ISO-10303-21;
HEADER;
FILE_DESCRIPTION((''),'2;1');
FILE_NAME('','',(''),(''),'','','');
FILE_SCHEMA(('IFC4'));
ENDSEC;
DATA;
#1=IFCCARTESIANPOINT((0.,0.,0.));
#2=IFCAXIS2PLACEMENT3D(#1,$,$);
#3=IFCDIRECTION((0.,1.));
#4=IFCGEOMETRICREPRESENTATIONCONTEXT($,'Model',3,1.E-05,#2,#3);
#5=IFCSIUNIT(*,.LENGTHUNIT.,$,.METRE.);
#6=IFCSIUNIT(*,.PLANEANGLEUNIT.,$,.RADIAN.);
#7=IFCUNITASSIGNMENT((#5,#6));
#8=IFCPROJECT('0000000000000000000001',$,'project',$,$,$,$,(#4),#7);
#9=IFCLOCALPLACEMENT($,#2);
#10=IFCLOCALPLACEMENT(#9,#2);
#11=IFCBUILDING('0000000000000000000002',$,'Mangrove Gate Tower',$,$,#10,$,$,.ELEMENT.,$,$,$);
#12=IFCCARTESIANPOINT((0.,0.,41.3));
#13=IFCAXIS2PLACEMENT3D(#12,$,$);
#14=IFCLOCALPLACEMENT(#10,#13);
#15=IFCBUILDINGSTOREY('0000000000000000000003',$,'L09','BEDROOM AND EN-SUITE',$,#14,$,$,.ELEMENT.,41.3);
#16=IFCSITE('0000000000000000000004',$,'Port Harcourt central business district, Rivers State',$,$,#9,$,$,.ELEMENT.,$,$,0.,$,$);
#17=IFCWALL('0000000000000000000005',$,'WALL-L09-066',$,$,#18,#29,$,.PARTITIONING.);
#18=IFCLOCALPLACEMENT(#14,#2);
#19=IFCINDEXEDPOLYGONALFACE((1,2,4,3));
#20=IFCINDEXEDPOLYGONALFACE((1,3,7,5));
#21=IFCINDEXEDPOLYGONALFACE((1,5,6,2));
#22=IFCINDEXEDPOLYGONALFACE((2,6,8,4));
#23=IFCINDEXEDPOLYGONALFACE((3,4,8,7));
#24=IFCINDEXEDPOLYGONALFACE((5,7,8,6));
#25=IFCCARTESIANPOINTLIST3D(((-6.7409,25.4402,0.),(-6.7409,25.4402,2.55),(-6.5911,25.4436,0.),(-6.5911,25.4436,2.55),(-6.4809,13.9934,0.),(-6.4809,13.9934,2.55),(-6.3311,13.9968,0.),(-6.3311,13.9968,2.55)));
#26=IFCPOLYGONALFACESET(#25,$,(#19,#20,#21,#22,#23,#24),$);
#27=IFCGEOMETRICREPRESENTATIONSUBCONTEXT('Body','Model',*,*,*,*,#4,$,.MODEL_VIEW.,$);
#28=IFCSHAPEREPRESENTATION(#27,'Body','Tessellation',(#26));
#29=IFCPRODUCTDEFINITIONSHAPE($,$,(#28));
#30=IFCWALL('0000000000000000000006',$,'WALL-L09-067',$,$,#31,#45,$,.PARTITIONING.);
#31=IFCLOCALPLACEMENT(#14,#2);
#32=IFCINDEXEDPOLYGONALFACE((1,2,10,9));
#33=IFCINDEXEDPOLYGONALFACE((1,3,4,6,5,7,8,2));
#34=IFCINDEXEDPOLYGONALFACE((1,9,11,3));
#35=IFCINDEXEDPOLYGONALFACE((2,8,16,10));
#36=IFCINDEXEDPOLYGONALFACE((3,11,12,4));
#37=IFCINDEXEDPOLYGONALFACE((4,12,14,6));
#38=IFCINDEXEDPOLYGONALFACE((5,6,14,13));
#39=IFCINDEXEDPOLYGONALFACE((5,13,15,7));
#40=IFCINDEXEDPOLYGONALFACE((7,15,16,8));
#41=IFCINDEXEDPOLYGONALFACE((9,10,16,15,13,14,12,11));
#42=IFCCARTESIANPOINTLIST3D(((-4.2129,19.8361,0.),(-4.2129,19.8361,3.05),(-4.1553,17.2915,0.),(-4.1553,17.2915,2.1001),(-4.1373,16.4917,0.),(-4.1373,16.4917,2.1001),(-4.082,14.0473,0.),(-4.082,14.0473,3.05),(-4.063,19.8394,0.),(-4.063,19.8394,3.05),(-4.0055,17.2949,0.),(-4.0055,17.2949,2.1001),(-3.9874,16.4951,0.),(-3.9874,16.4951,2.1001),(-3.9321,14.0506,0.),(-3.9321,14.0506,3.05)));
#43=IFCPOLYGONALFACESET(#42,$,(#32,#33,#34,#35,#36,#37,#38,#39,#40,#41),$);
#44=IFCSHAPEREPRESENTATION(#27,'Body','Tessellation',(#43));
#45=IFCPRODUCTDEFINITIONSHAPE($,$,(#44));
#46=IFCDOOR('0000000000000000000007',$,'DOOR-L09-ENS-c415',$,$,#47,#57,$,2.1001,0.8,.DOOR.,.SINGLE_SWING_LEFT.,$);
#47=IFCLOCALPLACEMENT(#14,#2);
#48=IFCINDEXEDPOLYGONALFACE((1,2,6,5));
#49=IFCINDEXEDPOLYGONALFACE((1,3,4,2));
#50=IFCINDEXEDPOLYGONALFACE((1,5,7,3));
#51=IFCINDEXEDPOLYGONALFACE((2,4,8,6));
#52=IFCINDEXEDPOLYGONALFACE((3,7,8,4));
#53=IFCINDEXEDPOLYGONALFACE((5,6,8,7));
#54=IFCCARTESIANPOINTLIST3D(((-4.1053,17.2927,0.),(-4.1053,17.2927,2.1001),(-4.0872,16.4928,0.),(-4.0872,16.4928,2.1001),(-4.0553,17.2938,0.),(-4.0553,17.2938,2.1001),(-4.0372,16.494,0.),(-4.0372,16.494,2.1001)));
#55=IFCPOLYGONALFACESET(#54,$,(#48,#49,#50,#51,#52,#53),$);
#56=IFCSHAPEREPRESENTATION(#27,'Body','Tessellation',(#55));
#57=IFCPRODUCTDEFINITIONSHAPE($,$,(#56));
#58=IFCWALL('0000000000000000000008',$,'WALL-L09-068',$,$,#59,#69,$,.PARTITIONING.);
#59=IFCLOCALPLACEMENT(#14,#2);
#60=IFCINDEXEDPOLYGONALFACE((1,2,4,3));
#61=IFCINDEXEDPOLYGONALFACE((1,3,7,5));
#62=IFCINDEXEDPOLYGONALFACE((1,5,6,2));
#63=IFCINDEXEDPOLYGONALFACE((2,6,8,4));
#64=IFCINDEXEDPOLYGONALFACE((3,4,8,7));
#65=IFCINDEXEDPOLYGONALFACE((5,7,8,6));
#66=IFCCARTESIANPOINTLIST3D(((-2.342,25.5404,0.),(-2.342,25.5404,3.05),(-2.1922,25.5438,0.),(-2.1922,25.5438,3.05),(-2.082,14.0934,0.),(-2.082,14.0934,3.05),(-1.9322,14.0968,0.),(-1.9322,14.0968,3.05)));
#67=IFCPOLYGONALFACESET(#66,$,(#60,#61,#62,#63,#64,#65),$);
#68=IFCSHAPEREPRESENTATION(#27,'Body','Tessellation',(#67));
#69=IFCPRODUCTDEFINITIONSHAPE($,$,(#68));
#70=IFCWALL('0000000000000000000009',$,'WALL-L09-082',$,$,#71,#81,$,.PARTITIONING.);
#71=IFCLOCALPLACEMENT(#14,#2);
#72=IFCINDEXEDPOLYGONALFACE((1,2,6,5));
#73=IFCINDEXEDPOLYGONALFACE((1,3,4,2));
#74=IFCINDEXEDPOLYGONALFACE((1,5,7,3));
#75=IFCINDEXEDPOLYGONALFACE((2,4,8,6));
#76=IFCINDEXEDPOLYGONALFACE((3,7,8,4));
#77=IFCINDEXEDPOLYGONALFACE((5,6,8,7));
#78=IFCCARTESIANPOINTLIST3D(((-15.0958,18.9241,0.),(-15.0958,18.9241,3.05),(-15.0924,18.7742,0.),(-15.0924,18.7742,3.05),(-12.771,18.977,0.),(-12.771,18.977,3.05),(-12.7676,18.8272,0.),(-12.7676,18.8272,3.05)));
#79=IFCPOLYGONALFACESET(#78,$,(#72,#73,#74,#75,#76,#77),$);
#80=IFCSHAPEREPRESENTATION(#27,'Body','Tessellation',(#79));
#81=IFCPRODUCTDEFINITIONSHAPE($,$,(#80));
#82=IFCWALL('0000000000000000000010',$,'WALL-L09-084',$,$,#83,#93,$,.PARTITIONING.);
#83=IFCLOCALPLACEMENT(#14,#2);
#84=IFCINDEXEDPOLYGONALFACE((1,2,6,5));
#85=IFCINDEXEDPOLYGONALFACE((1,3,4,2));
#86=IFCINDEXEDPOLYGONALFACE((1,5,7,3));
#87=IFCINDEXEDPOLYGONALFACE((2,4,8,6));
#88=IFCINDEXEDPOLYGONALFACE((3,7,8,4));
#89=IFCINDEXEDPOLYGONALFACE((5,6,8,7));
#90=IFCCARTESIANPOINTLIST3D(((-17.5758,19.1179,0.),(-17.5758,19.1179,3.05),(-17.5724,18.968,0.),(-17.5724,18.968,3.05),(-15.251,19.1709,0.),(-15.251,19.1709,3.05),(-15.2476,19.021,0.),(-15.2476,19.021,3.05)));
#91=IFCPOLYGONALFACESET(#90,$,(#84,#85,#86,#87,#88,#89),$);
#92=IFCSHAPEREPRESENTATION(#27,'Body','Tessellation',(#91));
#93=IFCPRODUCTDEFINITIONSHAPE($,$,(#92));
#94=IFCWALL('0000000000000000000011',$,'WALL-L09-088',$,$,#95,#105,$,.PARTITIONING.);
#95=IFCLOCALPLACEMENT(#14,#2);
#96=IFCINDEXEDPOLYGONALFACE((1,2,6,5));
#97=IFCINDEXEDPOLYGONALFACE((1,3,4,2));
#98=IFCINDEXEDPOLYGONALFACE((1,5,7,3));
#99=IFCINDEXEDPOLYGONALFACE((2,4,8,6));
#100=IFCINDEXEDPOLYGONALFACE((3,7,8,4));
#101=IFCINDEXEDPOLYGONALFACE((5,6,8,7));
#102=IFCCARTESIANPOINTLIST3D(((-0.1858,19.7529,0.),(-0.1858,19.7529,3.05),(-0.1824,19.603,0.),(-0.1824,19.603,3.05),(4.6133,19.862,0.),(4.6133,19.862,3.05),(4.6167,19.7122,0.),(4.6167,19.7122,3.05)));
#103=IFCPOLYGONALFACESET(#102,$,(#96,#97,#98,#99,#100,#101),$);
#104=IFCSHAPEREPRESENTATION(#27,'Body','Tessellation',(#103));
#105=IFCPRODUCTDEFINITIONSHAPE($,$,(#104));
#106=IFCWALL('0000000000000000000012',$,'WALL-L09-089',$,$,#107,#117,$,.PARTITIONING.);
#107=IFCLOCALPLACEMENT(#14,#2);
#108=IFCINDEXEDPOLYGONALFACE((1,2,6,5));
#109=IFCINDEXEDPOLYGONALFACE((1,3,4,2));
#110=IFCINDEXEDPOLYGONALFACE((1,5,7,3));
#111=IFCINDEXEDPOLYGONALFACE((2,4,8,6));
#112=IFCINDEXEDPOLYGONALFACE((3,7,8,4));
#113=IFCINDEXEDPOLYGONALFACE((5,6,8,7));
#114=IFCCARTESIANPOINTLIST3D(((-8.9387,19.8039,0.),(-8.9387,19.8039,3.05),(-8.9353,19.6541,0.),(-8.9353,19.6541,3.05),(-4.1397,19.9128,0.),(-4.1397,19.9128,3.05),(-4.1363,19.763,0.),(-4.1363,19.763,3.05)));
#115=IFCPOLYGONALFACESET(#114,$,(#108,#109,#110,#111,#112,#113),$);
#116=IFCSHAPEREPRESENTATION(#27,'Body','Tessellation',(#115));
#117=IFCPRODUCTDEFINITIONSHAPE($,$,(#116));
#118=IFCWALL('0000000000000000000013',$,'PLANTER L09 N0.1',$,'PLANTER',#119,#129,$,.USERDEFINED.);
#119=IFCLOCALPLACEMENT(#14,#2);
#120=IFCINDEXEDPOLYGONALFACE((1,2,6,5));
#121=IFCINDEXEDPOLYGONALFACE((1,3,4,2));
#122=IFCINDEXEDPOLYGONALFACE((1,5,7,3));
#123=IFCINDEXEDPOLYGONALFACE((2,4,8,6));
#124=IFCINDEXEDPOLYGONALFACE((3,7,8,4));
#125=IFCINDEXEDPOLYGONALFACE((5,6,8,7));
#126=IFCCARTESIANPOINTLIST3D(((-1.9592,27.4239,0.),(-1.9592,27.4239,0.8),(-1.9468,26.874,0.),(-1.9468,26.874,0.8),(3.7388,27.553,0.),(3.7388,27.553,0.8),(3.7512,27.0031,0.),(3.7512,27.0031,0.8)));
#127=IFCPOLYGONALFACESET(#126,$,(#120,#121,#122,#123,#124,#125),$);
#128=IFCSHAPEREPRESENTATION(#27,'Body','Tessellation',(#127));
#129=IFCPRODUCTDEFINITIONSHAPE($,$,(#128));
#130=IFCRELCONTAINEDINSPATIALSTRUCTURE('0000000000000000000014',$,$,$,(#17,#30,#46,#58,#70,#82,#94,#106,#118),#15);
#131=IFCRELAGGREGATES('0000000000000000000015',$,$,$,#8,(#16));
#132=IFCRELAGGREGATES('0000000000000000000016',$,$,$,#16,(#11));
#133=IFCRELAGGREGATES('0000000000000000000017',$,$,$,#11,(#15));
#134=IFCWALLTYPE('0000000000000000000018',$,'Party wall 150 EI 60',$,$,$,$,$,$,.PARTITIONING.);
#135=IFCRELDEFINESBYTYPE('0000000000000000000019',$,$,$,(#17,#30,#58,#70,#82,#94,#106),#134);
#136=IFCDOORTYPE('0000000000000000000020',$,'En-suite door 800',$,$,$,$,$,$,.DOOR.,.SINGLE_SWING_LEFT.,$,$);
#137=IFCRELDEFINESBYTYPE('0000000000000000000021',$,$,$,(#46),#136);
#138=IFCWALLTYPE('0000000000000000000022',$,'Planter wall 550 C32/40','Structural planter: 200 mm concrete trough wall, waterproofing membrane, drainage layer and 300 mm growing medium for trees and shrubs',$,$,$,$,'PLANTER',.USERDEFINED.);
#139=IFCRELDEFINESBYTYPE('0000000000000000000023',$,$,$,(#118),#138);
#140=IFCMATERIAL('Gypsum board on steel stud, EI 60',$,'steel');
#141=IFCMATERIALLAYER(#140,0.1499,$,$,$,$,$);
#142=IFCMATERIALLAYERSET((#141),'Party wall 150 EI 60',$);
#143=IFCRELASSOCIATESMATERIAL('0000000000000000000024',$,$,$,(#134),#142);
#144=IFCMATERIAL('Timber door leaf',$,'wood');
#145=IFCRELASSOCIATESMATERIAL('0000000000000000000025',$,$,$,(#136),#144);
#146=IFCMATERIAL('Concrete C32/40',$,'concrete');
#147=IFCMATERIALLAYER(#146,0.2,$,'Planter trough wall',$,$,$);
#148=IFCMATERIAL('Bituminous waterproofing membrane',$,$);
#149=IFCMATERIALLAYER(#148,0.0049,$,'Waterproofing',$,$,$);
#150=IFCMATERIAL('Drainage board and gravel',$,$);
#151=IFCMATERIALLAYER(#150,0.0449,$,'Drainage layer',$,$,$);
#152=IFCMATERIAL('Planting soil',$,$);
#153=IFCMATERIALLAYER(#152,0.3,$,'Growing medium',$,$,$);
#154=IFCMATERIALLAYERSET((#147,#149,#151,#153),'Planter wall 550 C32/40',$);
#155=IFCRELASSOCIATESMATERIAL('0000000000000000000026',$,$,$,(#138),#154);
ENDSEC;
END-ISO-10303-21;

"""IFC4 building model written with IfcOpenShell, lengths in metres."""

from ifc_helpers import new_model, si_unit, direction, frame, frame_2d, origin, place, context, subcontext, project, spatial, rectangle, extrude, material, layer, layer_set, type_object, element, fill, save


model = new_model("IFC4")

# Units and contexts
model_context = context("Model", 3, precision=1e-05, world=origin(), true_north=direction((0.0, 1.0)))
body_context = subcontext(model_context, "Body", "Model", "MODEL_VIEW")
ifc_project = project(units=[si_unit("LENGTHUNIT", "METRE"), si_unit("PLANEANGLEUNIT", "RADIAN")], contexts=[model_context])

# Site, building, storey
site_placement = place(None, origin())
site = spatial("IfcSite", under=ifc_project, at=site_placement, Name="Port Harcourt central business district, Rivers State", CompositionType="ELEMENT", RefElevation=0.0)
building_placement = place(site_placement, origin())
building = spatial("IfcBuilding", under=site, at=building_placement, Name="Mangrove Gate Tower", CompositionType="ELEMENT")
storey_placement = place(building_placement, frame((0.0, 0.0, 41.3)))
storey = spatial("IfcBuildingStorey", under=building, at=storey_placement, Name="L09", Description="BEDROOM AND EN-SUITE", CompositionType="ELEMENT", Elevation=41.3)

# Shared definitions
ifc_material_1 = material(Name="Gypsum board on steel stud, EI 60", Category="steel")
ifc_layer_1 = layer(ifc_material_1, 0.1499)
ifc_layer_set_1 = layer_set([ifc_layer_1], Name="Party wall 150 EI 60")
wall_type_1 = type_object("IfcWallType", Name="Party wall 150 EI 60", PredefinedType="PARTITIONING", material=ifc_layer_set_1)
ifc_material_2 = material(Name="Timber door leaf", Category="wood")
door_type = type_object("IfcDoorType", Name="En-suite door 800", OperationType="SINGLE_SWING_LEFT", PredefinedType="DOOR", material=ifc_material_2)

# Wall
wall_1_placement = place(storey_placement, frame((-6.406, 13.9951, 0.0), z_axis=(0.0, 0.0, 1.0), x_axis=(-0.022709, 0.999742, 0.0)))
element("IfcWall", 1, at=wall_1_placement, inside=storey, type_object=wall_type_1, Name="WALL-L09-066", PredefinedType="PARTITIONING", context=body_context, shape_type="SweptSolid", body=[
    extrude(rectangle(XDim=11.4497, YDim=0.1499, at=frame_2d((5.7249, 0.0))), origin(), (0.0, 0.0, 1.0), 2.55),
])

# Wall, opening, door
wall_2_placement = place(storey_placement, frame((-4.0071, 14.0491, 0.0), z_axis=(0.0, 0.0, 1.0), x_axis=(-0.0226, 0.999745, 0.0)))
wall_2 = element("IfcWall", 2, at=wall_2_placement, inside=storey, type_object=wall_type_1, Name="WALL-L09-067", PredefinedType="PARTITIONING", context=body_context, shape_type="SweptSolid", body=[
    extrude(rectangle(XDim=5.7903, YDim=0.1499, at=frame_2d((2.895, 0.0))), origin(), (0.0, 0.0, 1.0), 3.05),
])
opening_1_placement = place(wall_2_placement, frame((2.4451, 0.0, 0.0)))
opening_1 = element("IfcOpeningElement", 3, at=opening_1_placement, cuts=wall_2, PredefinedType="OPENING", context=body_context, shape_type="SweptSolid", body=[
    extrude(rectangle(XDim=0.8, YDim=2.1001, at=frame_2d((0.3999, 1.05))), frame((0.0, 0.085, 0.0), z_axis=(0.0, -1.0, 0.0), x_axis=(1.0, 0.0, 0.0)), (0.0, 0.0, 1.0), 0.1699),
])
door_1_placement = place(opening_1_placement, origin())
door_1 = element("IfcDoor", 4, at=door_1_placement, inside=storey, type_object=door_type, Name="DOOR-L09-ENS-c415", OperationType="SINGLE_SWING_LEFT", OverallHeight=2.1001, OverallWidth=0.8, PredefinedType="DOOR", context=body_context, shape_type="SweptSolid", body=[
    extrude(rectangle(XDim=0.8, YDim=2.1001, at=frame_2d((0.3999, 1.05))), frame((0.0, 0.0249, 0.0), z_axis=(0.0, -1.0, 0.0), x_axis=(1.0, 0.0, 0.0)), (0.0, 0.0, 1.0), 0.05),
])
fill(opening_1, door_1)

# Walls
wall_3_placement = place(storey_placement, frame((-2.0071, 14.095, 0.0), z_axis=(0.0, 0.0, 1.0), x_axis=(-0.022708, 0.999742, 0.0)))
element("IfcWall", 5, at=wall_3_placement, inside=storey, type_object=wall_type_1, Name="WALL-L09-068", PredefinedType="PARTITIONING", context=body_context, shape_type="SweptSolid", body=[
    extrude(rectangle(XDim=11.45, YDim=0.1499, at=frame_2d((5.7251, 0.0))), origin(), (0.0, 0.0, 1.0), 3.05),
])
for number, where, z_axis, x_axis, name in (
    (6, (-15.094, 18.8491, 0.0), (0.0, 0.0, 1.0), (0.99974, 0.022781, 0.0), "WALL-L09-082"),
    (7, (-17.574, 19.043, 0.0), (0.0, 0.0, 1.0), (0.99974, 0.022781, 0.0), "WALL-L09-084"),
):
    element("IfcWall", number, at=place(storey_placement, frame(where, z_axis=z_axis, x_axis=x_axis)), inside=storey, type_object=wall_type_1, Name=name, PredefinedType="PARTITIONING", context=body_context, shape_type="SweptSolid", body=[
        extrude(rectangle(XDim=2.3254, YDim=0.1499, at=frame_2d((1.1626, 0.0))), origin(), (0.0, 0.0, 1.0), 3.05),
    ])
for number, where, z_axis, x_axis, name in (
    (8, (-0.1841, 19.678, 0.0), (0.0, 0.0, 1.0), (0.999742, 0.022734, 0.0), "WALL-L09-088"),
    (9, (-8.937, 19.729, 0.0), (0.0, 0.0, 1.0), (0.999743, 0.022683, 0.0), "WALL-L09-089"),
):
    element("IfcWall", number, at=place(storey_placement, frame(where, z_axis=z_axis, x_axis=x_axis)), inside=storey, type_object=wall_type_1, Name=name, PredefinedType="PARTITIONING", context=body_context, shape_type="SweptSolid", body=[
        extrude(rectangle(XDim=4.8003, YDim=0.1499, at=frame_2d((2.4001, 0.0))), origin(), (0.0, 0.0, 1.0), 3.05),
    ])
ifc_material_3 = material(Name="Concrete C32/40", Category="concrete")
ifc_layer_2 = layer(ifc_material_3, 0.2, Name="Planter trough wall")
ifc_material_4 = material(Name="Bituminous waterproofing membrane")
ifc_layer_3 = layer(ifc_material_4, 0.0049, Name="Waterproofing")
ifc_material_5 = material(Name="Drainage board and gravel")
ifc_layer_4 = layer(ifc_material_5, 0.0449, Name="Drainage layer")
ifc_material_6 = material(Name="Planting soil")
ifc_layer_5 = layer(ifc_material_6, 0.3, Name="Growing medium")
ifc_layer_set_2 = layer_set([ifc_layer_2, ifc_layer_3, ifc_layer_4, ifc_layer_5], Name="Planter wall 550 C32/40")
wall_type_2 = type_object("IfcWallType", Name="Planter wall 550 C32/40", Description="Structural planter: 200 mm concrete trough wall, waterproofing membrane, drainage layer and 300 mm growing medium for trees and shrubs", ElementType="PLANTER", PredefinedType="USERDEFINED", material=ifc_layer_set_2)
wall_4_placement = place(storey_placement, frame((-1.9529, 27.1489, 0.0), z_axis=(0.0, 0.0, 1.0), x_axis=(0.999743, 0.02266, 0.0)))
element("IfcWall", 10, at=wall_4_placement, inside=storey, type_object=wall_type_2, Name="PLANTER L09 N0.1", ObjectType="PLANTER", PredefinedType="USERDEFINED", context=body_context, shape_type="SweptSolid", body=[
    extrude(rectangle(XDim=5.6995, YDim=0.55, at=frame_2d((2.8496, 0.0))), origin(), (0.0, 0.0, 1.0), 0.8),
])

save(model, "model.ifc")
